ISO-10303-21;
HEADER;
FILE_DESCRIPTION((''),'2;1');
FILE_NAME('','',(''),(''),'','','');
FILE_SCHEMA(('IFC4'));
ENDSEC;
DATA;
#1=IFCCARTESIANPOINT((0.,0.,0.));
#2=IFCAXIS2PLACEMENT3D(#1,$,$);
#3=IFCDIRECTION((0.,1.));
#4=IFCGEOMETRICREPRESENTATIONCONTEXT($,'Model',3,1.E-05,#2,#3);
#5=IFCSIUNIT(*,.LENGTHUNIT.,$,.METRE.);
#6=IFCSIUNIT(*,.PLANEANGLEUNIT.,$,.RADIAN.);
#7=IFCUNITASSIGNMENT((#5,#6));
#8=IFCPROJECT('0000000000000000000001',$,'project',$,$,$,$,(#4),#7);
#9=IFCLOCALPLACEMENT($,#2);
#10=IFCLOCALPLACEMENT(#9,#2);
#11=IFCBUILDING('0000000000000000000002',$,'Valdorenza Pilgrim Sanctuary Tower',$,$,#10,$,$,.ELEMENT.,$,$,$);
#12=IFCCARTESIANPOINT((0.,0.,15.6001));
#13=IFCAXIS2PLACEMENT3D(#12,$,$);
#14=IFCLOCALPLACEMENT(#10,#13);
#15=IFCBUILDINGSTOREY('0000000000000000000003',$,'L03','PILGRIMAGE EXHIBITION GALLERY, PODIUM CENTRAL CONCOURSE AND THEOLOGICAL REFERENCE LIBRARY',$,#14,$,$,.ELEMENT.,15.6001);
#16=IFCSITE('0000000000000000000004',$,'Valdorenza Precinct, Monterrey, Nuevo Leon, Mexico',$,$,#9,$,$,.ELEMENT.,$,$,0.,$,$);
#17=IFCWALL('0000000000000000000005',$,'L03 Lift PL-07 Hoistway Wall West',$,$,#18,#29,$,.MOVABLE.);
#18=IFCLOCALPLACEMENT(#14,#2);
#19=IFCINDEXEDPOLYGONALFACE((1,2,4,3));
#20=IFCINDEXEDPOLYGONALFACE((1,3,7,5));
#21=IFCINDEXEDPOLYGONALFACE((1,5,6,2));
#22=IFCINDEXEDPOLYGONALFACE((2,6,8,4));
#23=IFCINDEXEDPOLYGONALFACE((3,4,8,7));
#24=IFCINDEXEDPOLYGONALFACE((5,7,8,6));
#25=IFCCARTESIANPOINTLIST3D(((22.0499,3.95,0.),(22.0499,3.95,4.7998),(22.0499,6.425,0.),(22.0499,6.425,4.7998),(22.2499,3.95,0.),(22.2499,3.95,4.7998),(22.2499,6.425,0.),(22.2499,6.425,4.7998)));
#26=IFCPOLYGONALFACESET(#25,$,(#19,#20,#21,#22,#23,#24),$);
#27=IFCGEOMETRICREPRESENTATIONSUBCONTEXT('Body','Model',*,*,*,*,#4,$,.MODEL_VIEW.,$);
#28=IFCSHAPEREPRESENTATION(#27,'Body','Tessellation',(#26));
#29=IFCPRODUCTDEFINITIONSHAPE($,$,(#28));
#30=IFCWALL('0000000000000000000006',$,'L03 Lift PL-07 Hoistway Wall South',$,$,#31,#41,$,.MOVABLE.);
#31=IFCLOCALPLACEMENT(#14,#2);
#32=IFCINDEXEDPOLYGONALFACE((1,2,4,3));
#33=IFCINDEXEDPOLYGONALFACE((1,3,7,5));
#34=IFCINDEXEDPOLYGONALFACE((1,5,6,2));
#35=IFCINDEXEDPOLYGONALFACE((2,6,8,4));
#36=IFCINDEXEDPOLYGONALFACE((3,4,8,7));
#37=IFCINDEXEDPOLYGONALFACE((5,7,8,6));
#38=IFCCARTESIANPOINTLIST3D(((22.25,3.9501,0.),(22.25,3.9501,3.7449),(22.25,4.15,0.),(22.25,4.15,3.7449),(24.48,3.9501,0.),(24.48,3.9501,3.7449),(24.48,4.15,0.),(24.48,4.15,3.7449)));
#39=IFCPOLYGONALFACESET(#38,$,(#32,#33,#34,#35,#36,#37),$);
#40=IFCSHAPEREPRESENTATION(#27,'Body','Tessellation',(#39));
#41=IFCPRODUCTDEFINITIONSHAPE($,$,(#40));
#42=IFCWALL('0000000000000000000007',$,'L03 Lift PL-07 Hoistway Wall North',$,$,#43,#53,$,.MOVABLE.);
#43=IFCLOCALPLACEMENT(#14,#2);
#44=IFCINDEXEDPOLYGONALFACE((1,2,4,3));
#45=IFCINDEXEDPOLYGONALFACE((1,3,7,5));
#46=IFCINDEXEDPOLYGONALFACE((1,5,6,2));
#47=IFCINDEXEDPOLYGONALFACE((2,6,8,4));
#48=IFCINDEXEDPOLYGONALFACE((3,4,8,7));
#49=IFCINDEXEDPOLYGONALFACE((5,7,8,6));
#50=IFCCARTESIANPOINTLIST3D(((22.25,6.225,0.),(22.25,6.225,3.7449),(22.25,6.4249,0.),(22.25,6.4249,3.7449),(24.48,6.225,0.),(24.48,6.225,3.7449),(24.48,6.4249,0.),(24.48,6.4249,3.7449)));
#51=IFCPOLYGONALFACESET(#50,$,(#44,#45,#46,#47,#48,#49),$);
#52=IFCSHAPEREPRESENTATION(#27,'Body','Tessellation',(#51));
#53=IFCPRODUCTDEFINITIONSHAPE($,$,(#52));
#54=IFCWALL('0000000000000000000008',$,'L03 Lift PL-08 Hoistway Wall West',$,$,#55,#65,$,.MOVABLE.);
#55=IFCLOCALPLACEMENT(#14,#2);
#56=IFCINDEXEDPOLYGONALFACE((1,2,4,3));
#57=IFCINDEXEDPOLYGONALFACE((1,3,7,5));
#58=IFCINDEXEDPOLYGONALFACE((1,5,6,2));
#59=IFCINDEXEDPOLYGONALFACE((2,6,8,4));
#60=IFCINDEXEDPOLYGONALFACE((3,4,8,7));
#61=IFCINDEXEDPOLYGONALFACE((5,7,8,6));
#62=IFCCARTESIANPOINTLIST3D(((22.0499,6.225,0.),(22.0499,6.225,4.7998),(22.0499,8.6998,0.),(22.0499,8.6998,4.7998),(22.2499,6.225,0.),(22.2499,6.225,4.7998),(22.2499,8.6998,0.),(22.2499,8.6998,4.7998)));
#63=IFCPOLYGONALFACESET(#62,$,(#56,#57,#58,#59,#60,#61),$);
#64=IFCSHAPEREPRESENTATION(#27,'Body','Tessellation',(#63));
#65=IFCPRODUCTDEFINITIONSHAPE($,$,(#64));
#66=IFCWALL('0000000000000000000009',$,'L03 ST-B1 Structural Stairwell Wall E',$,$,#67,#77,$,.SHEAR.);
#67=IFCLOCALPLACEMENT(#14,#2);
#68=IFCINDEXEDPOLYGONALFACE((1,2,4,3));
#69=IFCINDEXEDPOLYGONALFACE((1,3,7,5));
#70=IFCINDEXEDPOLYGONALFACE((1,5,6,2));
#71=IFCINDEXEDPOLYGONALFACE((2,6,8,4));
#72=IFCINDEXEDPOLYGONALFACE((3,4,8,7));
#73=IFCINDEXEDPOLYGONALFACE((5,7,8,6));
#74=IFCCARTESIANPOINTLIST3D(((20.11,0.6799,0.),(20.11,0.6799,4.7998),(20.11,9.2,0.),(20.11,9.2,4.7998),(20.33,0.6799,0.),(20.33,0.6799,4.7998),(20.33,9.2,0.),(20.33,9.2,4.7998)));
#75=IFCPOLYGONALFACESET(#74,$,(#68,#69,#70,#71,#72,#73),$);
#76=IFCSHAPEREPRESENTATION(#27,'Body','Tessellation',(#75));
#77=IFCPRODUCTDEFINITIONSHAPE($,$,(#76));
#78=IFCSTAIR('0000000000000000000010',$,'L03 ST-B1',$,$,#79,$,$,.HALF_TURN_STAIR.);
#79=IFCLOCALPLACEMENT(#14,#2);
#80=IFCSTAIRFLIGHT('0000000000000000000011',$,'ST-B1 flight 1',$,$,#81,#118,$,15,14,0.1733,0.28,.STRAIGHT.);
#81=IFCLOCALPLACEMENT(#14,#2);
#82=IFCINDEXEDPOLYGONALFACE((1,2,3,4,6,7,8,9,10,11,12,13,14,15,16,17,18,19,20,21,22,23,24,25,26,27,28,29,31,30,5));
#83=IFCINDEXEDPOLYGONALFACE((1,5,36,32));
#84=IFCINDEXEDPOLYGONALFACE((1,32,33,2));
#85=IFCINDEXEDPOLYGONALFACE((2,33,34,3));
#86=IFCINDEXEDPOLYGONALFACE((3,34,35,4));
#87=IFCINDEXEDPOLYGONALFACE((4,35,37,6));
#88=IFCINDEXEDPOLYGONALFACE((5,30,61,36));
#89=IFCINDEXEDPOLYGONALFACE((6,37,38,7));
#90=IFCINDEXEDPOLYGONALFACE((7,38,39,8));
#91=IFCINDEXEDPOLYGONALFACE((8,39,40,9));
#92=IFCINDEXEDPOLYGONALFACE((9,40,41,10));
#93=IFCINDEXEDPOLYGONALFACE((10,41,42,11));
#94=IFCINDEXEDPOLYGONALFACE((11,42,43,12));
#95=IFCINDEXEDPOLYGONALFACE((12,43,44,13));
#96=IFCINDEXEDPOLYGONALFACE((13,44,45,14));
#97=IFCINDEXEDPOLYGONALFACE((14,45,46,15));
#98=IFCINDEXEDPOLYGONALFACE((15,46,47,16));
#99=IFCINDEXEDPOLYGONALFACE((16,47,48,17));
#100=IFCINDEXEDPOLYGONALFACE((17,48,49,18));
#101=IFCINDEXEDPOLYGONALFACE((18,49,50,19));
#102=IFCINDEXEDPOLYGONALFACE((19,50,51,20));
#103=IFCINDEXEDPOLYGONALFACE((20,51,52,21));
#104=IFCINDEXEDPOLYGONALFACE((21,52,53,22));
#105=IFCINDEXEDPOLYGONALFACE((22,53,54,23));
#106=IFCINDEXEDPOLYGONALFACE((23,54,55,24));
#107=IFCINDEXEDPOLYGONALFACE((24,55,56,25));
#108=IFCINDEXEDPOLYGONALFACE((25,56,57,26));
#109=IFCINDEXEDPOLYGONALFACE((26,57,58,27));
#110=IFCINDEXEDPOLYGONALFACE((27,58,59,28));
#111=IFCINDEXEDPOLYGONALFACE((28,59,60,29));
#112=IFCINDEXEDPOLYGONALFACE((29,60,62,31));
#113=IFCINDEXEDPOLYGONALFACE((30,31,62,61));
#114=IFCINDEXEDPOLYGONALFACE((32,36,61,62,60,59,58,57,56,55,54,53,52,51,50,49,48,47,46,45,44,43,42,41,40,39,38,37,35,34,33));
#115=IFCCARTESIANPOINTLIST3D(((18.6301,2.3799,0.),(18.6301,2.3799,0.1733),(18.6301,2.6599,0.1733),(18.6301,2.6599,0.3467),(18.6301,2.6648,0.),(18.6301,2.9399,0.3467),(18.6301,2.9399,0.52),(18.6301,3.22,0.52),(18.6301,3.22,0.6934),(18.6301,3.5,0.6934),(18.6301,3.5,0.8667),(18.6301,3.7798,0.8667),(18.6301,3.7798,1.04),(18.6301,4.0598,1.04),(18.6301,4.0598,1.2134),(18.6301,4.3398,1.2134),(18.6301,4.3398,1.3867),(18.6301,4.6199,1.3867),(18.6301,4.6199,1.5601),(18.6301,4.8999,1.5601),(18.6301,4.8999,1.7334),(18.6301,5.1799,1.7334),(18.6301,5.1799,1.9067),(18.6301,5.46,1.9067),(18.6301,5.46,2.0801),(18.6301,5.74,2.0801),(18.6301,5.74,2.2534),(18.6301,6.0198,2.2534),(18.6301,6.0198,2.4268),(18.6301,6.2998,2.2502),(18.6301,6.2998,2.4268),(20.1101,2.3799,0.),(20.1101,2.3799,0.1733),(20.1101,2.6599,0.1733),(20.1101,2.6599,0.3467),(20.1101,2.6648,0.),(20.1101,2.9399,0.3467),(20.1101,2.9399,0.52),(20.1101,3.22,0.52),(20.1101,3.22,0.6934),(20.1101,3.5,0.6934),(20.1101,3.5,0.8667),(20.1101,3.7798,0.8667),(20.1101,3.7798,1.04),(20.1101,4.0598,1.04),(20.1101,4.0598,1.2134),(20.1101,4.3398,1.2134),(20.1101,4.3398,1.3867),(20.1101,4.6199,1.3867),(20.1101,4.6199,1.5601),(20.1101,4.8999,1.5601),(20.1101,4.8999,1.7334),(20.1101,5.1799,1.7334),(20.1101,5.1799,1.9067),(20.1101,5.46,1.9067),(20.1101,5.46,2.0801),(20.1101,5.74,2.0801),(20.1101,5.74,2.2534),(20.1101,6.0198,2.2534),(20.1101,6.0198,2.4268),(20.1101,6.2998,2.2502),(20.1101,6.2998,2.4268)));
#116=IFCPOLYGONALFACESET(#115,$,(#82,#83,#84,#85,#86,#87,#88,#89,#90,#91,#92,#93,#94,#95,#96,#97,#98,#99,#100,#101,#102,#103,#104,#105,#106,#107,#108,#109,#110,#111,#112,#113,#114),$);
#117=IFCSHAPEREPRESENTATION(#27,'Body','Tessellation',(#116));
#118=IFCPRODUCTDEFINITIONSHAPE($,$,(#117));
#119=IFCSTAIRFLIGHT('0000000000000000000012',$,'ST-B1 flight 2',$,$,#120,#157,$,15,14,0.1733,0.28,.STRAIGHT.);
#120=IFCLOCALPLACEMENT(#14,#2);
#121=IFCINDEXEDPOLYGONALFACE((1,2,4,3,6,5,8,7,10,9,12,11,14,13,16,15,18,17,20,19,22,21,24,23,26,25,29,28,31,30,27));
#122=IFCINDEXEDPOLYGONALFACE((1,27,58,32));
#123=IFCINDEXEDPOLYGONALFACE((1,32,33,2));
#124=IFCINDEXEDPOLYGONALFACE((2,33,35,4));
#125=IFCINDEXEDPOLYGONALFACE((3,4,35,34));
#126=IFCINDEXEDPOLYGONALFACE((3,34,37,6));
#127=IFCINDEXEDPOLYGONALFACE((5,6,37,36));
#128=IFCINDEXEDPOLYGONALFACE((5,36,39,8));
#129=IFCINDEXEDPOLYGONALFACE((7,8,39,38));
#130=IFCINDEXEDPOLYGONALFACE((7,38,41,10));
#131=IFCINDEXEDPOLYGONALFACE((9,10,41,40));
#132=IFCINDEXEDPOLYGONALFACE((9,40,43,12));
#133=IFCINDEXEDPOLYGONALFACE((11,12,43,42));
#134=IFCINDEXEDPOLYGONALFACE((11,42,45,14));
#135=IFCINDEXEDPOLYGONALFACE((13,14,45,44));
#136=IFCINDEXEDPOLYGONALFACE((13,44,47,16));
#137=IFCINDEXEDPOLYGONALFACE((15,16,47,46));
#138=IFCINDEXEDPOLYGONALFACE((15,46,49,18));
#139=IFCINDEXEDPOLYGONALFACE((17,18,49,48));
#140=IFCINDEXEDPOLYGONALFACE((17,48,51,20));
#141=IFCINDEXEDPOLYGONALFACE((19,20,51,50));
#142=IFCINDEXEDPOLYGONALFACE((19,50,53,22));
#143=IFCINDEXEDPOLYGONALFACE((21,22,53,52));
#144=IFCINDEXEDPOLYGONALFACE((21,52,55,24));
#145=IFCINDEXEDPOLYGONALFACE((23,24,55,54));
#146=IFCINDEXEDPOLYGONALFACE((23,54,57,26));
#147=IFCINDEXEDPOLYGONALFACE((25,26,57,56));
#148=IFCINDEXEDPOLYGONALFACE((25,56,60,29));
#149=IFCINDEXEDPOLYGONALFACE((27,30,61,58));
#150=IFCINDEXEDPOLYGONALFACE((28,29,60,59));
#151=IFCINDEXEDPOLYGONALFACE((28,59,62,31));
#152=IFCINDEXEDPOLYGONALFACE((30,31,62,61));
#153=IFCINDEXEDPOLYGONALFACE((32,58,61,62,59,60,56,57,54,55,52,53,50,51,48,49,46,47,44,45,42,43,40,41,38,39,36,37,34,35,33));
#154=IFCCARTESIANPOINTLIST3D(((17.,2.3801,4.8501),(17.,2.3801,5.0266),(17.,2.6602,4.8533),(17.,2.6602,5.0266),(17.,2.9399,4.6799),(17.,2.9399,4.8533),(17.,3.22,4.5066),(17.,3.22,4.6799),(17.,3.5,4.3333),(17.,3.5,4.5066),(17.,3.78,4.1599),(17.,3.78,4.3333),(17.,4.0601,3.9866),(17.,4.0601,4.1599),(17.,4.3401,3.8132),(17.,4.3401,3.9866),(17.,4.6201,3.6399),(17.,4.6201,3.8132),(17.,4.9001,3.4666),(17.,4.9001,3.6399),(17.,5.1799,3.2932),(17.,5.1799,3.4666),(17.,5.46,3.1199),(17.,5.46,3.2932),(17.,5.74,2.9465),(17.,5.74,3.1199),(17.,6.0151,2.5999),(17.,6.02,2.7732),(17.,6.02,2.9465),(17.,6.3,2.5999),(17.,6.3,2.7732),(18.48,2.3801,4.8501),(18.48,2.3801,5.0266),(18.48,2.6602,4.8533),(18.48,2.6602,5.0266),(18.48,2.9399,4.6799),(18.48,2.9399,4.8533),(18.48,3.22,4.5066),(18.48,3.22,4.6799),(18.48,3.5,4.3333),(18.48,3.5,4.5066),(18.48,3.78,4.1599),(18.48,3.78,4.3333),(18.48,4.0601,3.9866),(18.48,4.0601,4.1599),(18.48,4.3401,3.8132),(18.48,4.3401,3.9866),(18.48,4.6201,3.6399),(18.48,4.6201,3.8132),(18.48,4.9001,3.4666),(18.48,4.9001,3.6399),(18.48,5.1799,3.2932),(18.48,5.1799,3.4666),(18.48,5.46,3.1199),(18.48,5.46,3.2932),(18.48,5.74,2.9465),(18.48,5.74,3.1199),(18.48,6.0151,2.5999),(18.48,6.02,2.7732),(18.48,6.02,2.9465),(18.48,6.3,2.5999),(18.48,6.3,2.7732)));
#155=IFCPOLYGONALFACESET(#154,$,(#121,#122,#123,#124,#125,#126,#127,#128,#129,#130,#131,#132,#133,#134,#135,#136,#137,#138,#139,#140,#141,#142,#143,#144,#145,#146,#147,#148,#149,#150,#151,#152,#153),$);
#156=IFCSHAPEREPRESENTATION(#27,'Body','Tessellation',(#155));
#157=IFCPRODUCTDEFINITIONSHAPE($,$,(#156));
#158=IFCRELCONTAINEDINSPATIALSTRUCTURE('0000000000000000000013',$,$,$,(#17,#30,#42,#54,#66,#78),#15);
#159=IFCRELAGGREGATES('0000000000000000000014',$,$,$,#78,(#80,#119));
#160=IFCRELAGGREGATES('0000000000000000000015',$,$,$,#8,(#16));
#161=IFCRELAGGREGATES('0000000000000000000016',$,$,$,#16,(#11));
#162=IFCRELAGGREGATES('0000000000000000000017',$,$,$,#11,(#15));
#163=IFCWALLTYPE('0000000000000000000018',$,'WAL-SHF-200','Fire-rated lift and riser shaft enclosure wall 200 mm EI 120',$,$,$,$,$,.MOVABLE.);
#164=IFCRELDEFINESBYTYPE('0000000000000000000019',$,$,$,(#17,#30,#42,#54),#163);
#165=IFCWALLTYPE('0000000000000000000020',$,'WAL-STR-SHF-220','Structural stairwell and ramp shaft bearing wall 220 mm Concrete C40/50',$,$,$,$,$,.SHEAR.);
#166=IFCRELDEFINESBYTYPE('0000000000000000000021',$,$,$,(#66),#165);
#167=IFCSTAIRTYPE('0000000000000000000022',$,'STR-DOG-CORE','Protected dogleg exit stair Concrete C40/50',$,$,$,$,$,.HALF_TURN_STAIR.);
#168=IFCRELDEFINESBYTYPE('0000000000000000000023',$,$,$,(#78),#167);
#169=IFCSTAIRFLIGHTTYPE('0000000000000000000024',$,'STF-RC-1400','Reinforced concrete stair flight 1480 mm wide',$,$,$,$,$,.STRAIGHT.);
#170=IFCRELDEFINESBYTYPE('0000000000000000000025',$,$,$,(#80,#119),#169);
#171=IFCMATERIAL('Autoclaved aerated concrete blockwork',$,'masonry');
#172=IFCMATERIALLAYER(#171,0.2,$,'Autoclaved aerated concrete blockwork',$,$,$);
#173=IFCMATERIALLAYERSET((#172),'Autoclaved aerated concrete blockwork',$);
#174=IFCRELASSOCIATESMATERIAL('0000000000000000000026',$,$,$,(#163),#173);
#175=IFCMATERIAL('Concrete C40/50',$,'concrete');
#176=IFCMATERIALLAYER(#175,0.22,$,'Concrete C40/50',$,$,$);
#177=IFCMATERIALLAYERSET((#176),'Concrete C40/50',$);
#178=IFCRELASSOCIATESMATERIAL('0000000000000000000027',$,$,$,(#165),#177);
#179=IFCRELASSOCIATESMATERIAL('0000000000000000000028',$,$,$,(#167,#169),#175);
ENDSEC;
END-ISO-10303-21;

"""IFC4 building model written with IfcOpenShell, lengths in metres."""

from ifc_helpers import new_model, si_unit, direction, frame, frame_2d, origin, place, context, subcontext, project, spatial, polyline, rectangle, outline, extrude, material, layer, layer_set, type_object, element, aggregate, save


model = new_model("IFC4")

# Units and contexts
model_context = context("Model", 3, precision=1e-05, world=origin(), true_north=direction((0.0, 1.0)))
body_context = subcontext(model_context, "Body", "Model", "MODEL_VIEW")
ifc_project = project(units=[si_unit("LENGTHUNIT", "METRE"), si_unit("PLANEANGLEUNIT", "RADIAN")], contexts=[model_context])

# Site, building, storey
site_placement = place(None, origin())
site = spatial("IfcSite", under=ifc_project, at=site_placement, Name="Valdorenza Precinct, Monterrey, Nuevo Leon, Mexico", CompositionType="ELEMENT", RefElevation=0.0)
building_placement = place(site_placement, origin())
building = spatial("IfcBuilding", under=site, at=building_placement, Name="Valdorenza Pilgrim Sanctuary Tower", CompositionType="ELEMENT")
storey_placement = place(building_placement, frame((0.0, 0.0, 15.6001)))
storey = spatial("IfcBuildingStorey", under=building, at=storey_placement, Name="L03", Description="PILGRIMAGE EXHIBITION GALLERY, PODIUM CENTRAL CONCOURSE AND THEOLOGICAL REFERENCE LIBRARY", CompositionType="ELEMENT", Elevation=15.6001)

# Walls
ifc_material_1 = material(Name="Autoclaved aerated concrete blockwork", Category="masonry")
ifc_layer_1 = layer(ifc_material_1, 0.2, Name="Autoclaved aerated concrete blockwork")
ifc_layer_set_1 = layer_set([ifc_layer_1], Name="Autoclaved aerated concrete blockwork")
wall_type_1 = type_object("IfcWallType", Name="WAL-SHF-200", Description="Fire-rated lift and riser shaft enclosure wall 200 mm EI 120", PredefinedType="MOVABLE", material=ifc_layer_set_1)
wall_1_placement = place(storey_placement, frame((22.1499, 3.95, 0.0), z_axis=(0.0, 0.0, 1.0), x_axis=(0.0, 1.0, 0.0)))
element("IfcWall", 1, at=wall_1_placement, inside=storey, type_object=wall_type_1, Name="L03 Lift PL-07 Hoistway Wall West", PredefinedType="MOVABLE", context=body_context, shape_type="SweptSolid", body=[
    extrude(rectangle(XDim=2.4751, YDim=0.2, at=frame_2d((1.2375, 0.0))), origin(), (0.0, 0.0, 1.0), 4.7998),
])
for number, where, z_axis, x_axis, name in (
    (2, (22.25, 4.05, 0.0), (0.0, 0.0, 1.0), (1.0, 0.0, 0.0), "L03 Lift PL-07 Hoistway Wall South"),
    (3, (22.25, 6.325, 0.0), (0.0, 0.0, 1.0), (1.0, 0.0, 0.0), "L03 Lift PL-07 Hoistway Wall North"),
):
    element("IfcWall", number, at=place(storey_placement, frame(where, z_axis=z_axis, x_axis=x_axis)), inside=storey, type_object=wall_type_1, Name=name, PredefinedType="MOVABLE", context=body_context, shape_type="SweptSolid", body=[
        extrude(rectangle(XDim=2.23, YDim=0.2, at=frame_2d((1.115, 0.0))), origin(), (0.0, 0.0, 1.0), 3.7449),
    ])
wall_2_placement = place(storey_placement, frame((22.1499, 6.2251, 0.0), z_axis=(0.0, 0.0, 1.0), x_axis=(0.0, 1.0, 0.0)))
element("IfcWall", 4, at=wall_2_placement, inside=storey, type_object=wall_type_1, Name="L03 Lift PL-08 Hoistway Wall West", PredefinedType="MOVABLE", context=body_context, shape_type="SweptSolid", body=[
    extrude(rectangle(XDim=2.4749, YDim=0.2, at=frame_2d((1.2373, 0.0))), origin(), (0.0, 0.0, 1.0), 4.7998),
])
ifc_material_2 = material(Name="Concrete C40/50", Category="concrete")
ifc_layer_2 = layer(ifc_material_2, 0.22, Name="Concrete C40/50")
ifc_layer_set_2 = layer_set([ifc_layer_2], Name="Concrete C40/50")
wall_type_2 = type_object("IfcWallType", Name="WAL-STR-SHF-220", Description="Structural stairwell and ramp shaft bearing wall 220 mm Concrete C40/50", PredefinedType="SHEAR", material=ifc_layer_set_2)
wall_3_placement = place(storey_placement, frame((20.22, 0.6799, 0.0), z_axis=(0.0, 0.0, 1.0), x_axis=(0.0, 1.0, 0.0)))
element("IfcWall", 5, at=wall_3_placement, inside=storey, type_object=wall_type_2, Name="L03 ST-B1 Structural Stairwell Wall E", PredefinedType="SHEAR", context=body_context, shape_type="SweptSolid", body=[
    extrude(rectangle(XDim=8.52, YDim=0.22, at=frame_2d((4.26, 0.0))), origin(), (0.0, 0.0, 1.0), 4.7998),
])

# Stair, stair flights
stair_type = type_object("IfcStairType", Name="STR-DOG-CORE", Description="Protected dogleg exit stair Concrete C40/50", PredefinedType="HALF_TURN_STAIR", material=ifc_material_2)
stair_placement = place(storey_placement, origin())
stair = element("IfcStair", 6, at=stair_placement, inside=storey, type_object=stair_type, Name="L03 ST-B1", PredefinedType="HALF_TURN_STAIR")
stair_flight_type = type_object("IfcStairFlightType", Name="STF-RC-1400", Description="Reinforced concrete stair flight 1480 mm wide", PredefinedType="STRAIGHT", material=ifc_material_2)
stair_flight_1_placement = place(storey_placement, frame((19.3701, 2.3799, 0.0), z_axis=(0.0, 0.0, 1.0), x_axis=(0.0, 1.0, 0.0)))
stair_flight_1 = element("IfcStairFlight", 7, at=stair_flight_1_placement, type_object=stair_flight_type, Name="ST-B1 flight 1", NumberOfRisers=15, NumberOfTreads=14, PredefinedType="STRAIGHT", RiserHeight=0.1733, TreadLength=0.28, context=body_context, shape_type="SweptSolid", body=[
    extrude(outline(polyline([(0.0, 0.0), (0.0, 0.1733), (0.28, 0.1733), (0.28, 0.3467), (0.5601, 0.3467), (0.5601, 0.52), (0.8401, 0.52), (0.8401, 0.6934), (1.1201, 0.6934), (1.1201, 0.8667), (1.3999, 0.8667), (1.3999, 1.04), (1.6799, 1.04), (1.6799, 1.2134), (1.96, 1.2134), (1.96, 1.3867), (2.24, 1.3867), (2.24, 1.5601), (2.52, 1.5601), (2.52, 1.7334), (2.8, 1.7334), (2.8, 1.9067), (3.0801, 1.9067), (3.0801, 2.0801), (3.3601, 2.0801), (3.3601, 2.2534), (3.6399, 2.2534), (3.6399, 2.4268), (3.9199, 2.4268), (3.9199, 2.6001), (3.9199, 2.2502), (0.2849, 0.0), (0.0, 0.0)])), frame((0.0, 0.74, 0.0), z_axis=(0.0, -1.0, 0.0), x_axis=(1.0, 0.0, 0.0)), (0.0, 0.0, 1.0), 1.48),
])
stair_flight_2_placement = place(storey_placement, frame((17.74, 6.3, 2.5999), z_axis=(0.0, 0.0, 1.0), x_axis=(0.0, -1.0, 0.0)))
stair_flight_2 = element("IfcStairFlight", 8, at=stair_flight_2_placement, type_object=stair_flight_type, Name="ST-B1 flight 2", NumberOfRisers=15, NumberOfTreads=14, PredefinedType="STRAIGHT", RiserHeight=0.1733, TreadLength=0.28, context=body_context, shape_type="SweptSolid", body=[
    extrude(outline(polyline([(0.0, 0.0), (0.0, 0.1733), (0.28, 0.1733), (0.28, 0.3467), (0.5601, 0.3467), (0.5601, 0.52), (0.8401, 0.52), (0.8401, 0.6934), (1.1201, 0.6934), (1.1201, 0.8667), (1.3999, 0.8667), (1.3999, 1.04), (1.6799, 1.04), (1.6799, 1.2134), (1.96, 1.2134), (1.96, 1.3867), (2.24, 1.3867), (2.24, 1.5601), (2.52, 1.5601), (2.52, 1.7334), (2.8, 1.7334), (2.8, 1.9067), (3.0801, 1.9067), (3.0801, 2.0801), (3.3601, 2.0801), (3.3601, 2.2534), (3.6399, 2.2534), (3.6399, 2.4268), (3.9199, 2.4268), (3.9199, 2.6001), (3.9199, 2.2502), (0.2849, 0.0), (0.0, 0.0)])), frame((0.0, 0.74, 0.0), z_axis=(0.0, -1.0, 0.0), x_axis=(1.0, 0.0, 0.0)), (0.0, 0.0, 1.0), 1.48),
])
aggregate(stair, [stair_flight_1, stair_flight_2])

save(model, "model.ifc")
